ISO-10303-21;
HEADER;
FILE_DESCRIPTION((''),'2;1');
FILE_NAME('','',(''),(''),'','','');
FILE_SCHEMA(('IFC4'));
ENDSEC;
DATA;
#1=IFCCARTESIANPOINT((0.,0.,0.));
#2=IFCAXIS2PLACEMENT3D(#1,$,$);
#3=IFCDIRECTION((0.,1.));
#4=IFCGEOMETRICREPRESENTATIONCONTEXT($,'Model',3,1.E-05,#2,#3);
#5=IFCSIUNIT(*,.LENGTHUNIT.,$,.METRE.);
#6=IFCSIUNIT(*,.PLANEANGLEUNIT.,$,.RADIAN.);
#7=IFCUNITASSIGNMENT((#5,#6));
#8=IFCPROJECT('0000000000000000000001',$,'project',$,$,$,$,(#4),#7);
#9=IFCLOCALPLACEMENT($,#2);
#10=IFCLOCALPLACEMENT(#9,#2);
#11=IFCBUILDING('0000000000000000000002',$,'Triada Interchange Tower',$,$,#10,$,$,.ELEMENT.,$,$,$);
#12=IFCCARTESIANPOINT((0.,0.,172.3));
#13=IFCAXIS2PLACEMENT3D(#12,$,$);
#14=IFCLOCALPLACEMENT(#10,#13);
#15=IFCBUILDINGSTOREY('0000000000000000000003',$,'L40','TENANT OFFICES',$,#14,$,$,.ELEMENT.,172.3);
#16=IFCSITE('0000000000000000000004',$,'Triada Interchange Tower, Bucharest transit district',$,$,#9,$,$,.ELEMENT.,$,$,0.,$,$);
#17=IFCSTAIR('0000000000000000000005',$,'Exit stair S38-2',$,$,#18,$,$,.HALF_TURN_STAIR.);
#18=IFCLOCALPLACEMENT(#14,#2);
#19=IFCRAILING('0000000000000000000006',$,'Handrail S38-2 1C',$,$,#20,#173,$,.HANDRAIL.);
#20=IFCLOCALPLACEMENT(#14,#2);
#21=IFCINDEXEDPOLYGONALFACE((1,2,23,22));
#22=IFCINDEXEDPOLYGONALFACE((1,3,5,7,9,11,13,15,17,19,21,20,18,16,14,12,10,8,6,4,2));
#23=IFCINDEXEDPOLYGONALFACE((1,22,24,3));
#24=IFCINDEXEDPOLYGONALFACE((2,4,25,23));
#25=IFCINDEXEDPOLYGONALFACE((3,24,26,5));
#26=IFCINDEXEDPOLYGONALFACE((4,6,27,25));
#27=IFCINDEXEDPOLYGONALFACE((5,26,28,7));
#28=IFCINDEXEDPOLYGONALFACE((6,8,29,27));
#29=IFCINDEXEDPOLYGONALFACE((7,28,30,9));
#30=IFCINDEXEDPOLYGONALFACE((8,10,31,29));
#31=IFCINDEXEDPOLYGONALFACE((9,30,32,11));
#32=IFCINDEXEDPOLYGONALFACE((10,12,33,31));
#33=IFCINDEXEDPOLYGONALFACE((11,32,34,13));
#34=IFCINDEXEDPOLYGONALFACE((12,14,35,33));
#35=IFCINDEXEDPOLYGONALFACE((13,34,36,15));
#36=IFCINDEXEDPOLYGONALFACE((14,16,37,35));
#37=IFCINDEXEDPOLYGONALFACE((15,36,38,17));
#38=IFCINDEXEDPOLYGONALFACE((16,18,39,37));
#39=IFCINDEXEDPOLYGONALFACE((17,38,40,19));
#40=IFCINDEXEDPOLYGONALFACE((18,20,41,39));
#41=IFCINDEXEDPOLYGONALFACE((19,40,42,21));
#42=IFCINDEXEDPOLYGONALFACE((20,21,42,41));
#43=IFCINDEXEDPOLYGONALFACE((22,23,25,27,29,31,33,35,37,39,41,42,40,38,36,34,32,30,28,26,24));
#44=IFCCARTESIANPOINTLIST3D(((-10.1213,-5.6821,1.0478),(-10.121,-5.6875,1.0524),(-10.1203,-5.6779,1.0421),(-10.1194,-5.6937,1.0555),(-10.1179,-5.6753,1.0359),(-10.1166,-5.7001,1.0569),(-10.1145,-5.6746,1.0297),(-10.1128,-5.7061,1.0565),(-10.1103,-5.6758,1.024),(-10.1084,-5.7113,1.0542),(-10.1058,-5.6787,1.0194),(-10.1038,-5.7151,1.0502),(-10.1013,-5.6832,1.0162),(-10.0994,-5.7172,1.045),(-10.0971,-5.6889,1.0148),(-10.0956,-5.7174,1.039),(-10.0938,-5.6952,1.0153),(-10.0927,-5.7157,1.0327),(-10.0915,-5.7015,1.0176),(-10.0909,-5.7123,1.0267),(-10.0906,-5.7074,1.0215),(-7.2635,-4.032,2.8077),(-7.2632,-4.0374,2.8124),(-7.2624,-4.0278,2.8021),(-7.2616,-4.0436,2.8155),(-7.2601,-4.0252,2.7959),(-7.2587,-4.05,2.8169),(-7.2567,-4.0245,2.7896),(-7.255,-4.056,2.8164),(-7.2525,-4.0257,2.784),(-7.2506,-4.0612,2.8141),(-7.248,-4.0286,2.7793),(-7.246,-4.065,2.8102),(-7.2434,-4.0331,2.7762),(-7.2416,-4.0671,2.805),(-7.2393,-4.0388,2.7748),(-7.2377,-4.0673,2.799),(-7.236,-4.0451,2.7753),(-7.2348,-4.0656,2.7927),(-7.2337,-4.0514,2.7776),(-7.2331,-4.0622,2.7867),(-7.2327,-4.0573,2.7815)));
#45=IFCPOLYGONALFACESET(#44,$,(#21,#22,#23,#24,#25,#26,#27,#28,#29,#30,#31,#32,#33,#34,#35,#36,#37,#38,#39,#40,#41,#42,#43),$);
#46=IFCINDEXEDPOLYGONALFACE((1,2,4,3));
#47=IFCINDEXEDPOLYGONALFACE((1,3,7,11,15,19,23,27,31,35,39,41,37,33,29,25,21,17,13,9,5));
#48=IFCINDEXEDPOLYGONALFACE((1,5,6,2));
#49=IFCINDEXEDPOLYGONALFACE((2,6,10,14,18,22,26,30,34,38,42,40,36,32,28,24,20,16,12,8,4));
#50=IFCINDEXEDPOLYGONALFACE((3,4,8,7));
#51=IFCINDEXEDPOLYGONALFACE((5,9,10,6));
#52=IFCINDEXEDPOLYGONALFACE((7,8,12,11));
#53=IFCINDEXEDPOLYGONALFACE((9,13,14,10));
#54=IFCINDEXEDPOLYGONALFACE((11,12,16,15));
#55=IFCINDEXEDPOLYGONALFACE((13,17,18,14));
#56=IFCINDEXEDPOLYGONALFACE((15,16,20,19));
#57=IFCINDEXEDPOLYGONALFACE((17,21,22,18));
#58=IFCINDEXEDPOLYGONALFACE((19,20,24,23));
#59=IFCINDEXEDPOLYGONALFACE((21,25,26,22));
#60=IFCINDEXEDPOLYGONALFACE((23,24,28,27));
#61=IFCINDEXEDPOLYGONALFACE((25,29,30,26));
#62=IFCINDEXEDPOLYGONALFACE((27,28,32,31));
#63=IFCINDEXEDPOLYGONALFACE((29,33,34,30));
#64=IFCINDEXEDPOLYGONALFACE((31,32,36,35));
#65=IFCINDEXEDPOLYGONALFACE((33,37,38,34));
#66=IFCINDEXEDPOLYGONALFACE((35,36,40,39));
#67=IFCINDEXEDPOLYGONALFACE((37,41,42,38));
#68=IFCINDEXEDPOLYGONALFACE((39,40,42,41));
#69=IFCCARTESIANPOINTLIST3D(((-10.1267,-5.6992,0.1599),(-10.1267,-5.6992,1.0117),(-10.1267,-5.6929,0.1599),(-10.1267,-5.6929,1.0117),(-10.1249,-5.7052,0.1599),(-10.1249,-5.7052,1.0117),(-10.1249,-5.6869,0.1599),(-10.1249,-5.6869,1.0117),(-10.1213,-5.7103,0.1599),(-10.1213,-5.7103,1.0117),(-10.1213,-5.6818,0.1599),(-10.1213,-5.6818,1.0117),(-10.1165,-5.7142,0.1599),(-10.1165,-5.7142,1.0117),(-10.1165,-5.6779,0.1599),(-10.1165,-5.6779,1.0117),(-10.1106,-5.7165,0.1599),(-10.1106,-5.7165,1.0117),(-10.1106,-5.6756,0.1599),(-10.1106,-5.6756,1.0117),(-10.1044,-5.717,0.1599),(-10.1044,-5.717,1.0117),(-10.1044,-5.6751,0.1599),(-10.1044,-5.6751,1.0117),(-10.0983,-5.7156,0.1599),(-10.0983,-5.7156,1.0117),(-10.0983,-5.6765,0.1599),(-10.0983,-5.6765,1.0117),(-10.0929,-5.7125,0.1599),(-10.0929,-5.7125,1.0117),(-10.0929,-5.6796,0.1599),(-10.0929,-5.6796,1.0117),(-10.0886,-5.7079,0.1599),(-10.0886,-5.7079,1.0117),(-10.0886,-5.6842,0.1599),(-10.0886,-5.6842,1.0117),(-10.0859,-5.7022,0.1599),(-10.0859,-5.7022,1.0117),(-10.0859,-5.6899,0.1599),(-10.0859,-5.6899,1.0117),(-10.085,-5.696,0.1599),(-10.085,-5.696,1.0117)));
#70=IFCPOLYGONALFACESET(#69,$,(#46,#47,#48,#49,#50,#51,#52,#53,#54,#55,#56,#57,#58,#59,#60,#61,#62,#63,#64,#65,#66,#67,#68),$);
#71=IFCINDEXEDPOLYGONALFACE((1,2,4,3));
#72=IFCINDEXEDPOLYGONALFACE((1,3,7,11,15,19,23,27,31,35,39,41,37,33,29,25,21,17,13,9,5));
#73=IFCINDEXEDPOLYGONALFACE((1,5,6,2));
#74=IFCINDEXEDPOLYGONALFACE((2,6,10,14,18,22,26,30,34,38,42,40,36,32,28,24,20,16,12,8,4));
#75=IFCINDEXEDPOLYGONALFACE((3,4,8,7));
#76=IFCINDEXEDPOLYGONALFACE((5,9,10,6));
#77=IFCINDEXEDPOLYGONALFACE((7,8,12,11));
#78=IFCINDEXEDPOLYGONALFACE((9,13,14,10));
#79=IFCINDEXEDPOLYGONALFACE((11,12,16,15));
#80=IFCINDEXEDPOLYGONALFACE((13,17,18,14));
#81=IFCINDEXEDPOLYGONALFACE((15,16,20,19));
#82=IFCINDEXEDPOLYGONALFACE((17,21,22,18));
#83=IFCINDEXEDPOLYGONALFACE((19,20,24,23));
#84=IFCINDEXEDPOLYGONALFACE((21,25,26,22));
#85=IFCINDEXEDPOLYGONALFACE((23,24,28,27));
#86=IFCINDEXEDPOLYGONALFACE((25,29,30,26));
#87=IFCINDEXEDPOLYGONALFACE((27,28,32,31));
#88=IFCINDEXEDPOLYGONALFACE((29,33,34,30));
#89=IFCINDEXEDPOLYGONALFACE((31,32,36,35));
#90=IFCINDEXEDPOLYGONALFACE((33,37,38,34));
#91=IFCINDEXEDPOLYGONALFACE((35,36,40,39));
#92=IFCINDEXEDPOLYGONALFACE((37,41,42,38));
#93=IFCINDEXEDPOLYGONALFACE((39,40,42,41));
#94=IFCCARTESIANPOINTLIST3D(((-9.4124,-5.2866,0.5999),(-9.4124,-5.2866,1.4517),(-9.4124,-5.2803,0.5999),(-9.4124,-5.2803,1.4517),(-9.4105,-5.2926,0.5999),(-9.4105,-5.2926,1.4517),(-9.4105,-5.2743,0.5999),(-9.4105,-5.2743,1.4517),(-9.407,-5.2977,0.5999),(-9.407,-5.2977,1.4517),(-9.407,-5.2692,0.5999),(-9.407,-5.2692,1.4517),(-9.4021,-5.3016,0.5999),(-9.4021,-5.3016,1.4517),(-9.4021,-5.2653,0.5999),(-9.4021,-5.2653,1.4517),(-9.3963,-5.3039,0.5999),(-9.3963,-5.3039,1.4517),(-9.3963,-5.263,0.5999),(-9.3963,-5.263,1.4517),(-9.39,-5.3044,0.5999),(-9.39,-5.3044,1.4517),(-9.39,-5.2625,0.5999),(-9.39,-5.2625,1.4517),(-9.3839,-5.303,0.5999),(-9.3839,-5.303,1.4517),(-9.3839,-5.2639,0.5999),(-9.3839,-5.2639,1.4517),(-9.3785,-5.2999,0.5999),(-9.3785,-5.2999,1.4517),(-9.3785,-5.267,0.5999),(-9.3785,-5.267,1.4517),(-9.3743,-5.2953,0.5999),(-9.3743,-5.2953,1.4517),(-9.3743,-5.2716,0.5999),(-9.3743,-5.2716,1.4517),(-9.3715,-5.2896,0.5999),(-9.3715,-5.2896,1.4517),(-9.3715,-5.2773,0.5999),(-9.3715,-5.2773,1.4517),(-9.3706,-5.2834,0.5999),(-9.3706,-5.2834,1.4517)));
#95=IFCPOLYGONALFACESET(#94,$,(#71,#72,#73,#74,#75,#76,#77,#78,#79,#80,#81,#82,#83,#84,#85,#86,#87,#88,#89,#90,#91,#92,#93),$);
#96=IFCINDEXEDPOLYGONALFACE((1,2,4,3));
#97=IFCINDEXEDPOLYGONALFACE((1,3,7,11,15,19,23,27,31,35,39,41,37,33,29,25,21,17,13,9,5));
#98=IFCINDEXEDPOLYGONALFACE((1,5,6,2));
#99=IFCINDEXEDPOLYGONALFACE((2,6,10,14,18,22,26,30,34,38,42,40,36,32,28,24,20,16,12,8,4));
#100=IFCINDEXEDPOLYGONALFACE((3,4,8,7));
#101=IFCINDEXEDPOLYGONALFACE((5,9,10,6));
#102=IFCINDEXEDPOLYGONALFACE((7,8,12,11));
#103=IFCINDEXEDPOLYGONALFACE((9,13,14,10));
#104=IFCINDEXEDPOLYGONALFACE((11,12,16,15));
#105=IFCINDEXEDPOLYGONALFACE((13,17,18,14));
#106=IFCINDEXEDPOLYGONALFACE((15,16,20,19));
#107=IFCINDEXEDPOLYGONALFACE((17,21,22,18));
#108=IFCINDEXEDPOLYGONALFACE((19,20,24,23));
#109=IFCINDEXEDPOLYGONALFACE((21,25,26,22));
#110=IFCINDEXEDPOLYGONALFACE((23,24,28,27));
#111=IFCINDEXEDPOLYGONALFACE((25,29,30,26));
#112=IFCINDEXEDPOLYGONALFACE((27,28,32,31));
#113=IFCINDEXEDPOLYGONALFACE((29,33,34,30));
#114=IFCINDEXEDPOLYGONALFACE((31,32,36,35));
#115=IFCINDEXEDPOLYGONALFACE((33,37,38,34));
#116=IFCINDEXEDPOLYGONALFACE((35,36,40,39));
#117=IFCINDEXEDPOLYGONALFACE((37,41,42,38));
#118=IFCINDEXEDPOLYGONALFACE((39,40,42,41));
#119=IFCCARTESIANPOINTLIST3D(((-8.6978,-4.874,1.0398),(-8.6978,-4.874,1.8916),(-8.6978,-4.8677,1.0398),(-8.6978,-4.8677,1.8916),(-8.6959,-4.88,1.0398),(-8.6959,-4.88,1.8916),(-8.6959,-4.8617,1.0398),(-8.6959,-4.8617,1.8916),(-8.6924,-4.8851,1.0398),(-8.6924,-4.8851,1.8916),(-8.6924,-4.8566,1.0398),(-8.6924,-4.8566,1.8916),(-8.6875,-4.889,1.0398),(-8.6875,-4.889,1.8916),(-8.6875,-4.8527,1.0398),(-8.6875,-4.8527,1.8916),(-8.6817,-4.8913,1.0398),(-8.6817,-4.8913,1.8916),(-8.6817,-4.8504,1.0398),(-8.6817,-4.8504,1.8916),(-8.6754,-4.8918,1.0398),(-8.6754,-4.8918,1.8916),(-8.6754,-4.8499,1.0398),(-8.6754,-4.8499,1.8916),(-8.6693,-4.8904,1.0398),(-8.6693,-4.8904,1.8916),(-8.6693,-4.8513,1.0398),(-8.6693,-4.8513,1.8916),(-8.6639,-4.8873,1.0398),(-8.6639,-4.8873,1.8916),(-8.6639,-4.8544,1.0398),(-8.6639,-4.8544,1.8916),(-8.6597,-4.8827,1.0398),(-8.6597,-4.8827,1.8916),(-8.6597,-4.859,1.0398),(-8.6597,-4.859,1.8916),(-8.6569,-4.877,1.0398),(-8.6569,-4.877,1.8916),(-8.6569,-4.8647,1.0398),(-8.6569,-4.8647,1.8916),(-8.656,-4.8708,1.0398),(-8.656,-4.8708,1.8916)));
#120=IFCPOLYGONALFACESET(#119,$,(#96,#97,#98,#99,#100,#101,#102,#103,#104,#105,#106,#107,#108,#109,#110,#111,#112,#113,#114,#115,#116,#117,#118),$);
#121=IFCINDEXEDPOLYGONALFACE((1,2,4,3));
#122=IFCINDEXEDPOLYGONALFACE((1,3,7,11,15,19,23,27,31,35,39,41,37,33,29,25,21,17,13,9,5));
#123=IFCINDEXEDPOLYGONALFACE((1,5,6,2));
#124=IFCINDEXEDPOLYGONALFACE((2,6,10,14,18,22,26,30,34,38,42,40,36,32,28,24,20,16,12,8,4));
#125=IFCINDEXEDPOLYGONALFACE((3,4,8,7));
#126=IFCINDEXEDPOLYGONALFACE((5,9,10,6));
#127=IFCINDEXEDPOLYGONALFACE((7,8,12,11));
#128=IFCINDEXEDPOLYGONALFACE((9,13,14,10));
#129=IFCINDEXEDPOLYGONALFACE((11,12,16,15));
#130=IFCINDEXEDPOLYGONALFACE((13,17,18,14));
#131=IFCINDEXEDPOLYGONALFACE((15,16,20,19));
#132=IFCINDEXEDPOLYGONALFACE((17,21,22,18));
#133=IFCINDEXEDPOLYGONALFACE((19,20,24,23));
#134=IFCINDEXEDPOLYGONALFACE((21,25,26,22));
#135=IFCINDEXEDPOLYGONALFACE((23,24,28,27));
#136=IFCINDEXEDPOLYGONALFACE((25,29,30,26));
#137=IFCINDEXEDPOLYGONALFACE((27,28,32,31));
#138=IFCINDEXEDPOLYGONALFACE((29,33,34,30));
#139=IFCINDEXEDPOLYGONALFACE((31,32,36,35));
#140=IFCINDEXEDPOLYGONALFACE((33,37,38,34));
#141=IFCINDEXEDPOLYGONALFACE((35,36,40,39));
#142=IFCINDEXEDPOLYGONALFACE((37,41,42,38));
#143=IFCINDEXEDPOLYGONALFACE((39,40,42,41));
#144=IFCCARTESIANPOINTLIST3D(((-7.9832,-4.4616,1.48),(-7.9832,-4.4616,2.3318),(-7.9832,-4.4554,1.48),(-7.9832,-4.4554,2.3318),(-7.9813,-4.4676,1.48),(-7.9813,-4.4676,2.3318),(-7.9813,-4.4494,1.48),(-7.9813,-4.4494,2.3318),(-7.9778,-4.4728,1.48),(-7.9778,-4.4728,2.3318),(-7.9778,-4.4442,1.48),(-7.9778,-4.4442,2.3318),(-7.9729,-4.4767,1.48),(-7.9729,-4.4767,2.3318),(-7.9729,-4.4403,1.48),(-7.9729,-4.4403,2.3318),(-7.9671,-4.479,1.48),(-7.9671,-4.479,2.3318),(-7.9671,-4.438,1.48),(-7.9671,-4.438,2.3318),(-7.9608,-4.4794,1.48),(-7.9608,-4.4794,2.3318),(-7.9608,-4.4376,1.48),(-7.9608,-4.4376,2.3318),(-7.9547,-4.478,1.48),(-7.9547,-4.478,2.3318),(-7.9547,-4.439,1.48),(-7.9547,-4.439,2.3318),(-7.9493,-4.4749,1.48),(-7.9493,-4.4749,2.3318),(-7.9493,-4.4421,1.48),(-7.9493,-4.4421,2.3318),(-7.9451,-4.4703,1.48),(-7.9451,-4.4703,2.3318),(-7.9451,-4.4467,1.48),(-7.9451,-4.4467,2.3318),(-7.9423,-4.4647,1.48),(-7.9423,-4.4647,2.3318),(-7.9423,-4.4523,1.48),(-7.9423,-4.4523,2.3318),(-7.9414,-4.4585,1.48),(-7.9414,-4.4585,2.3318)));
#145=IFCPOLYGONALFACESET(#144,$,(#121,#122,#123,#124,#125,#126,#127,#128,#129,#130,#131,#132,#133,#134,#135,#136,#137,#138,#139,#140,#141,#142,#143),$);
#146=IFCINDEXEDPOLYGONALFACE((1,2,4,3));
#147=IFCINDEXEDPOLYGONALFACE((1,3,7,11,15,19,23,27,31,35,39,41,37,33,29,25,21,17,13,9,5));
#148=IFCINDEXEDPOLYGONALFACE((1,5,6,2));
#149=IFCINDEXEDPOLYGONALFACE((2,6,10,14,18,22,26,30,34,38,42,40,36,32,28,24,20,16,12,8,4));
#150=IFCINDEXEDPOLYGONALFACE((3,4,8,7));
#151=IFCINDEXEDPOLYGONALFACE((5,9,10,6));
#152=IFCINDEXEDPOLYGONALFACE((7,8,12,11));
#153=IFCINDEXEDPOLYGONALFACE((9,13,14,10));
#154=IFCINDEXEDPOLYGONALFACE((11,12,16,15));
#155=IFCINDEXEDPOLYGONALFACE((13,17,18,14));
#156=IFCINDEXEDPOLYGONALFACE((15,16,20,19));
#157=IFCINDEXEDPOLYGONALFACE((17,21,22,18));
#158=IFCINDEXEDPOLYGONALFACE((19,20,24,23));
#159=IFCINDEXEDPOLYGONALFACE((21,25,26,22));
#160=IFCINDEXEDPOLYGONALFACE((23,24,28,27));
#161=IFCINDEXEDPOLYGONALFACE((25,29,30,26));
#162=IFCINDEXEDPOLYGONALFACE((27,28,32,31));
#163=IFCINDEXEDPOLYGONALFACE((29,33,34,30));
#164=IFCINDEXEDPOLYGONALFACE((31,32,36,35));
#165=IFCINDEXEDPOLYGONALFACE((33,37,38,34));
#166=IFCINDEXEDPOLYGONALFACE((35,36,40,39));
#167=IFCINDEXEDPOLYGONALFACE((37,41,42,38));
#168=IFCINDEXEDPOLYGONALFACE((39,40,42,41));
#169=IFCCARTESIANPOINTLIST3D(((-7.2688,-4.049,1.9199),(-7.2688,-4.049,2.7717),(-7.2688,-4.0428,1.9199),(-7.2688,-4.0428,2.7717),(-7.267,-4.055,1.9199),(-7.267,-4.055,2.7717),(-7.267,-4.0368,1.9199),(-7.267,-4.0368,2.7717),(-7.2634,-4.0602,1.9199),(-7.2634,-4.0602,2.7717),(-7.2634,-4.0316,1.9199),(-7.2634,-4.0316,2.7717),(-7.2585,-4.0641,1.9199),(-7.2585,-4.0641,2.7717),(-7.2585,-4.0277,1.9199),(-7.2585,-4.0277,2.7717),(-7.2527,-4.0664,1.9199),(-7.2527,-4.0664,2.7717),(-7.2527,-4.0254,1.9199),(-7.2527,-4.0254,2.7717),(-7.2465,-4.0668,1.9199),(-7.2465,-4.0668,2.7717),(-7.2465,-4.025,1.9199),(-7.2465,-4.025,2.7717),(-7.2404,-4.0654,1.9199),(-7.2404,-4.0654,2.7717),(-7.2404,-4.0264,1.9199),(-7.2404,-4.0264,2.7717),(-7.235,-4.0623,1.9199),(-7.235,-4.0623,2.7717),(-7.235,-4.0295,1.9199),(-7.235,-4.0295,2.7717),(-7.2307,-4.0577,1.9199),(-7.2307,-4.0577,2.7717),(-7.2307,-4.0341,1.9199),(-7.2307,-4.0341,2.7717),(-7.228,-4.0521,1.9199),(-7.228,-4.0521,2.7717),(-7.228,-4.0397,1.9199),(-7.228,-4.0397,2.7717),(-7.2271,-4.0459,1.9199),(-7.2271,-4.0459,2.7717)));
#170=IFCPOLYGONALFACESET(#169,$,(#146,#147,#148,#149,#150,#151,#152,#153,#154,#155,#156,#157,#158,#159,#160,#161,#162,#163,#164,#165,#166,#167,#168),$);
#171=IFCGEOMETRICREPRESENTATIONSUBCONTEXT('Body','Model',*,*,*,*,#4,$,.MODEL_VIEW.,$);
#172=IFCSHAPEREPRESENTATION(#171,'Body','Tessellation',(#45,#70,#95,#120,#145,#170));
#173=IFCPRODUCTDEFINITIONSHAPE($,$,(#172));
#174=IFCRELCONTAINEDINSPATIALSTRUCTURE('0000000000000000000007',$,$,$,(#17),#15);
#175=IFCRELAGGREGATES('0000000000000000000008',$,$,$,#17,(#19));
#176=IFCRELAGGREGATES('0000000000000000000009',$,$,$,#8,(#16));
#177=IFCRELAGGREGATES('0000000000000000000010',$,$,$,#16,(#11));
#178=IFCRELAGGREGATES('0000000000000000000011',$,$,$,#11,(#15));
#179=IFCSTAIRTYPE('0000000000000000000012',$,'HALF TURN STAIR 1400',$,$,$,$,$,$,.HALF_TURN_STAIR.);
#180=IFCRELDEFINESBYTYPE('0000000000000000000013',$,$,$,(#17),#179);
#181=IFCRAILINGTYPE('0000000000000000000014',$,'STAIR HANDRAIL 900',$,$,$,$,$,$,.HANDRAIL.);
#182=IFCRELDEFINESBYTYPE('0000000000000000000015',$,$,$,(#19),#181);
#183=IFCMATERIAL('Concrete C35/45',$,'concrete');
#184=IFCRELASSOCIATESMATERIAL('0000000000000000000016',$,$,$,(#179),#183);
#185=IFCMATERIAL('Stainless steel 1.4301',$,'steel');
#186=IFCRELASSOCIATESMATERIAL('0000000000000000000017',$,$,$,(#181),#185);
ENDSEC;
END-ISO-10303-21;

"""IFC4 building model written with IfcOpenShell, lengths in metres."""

from ifc_helpers import new_model, si_unit, direction, frame, origin, origin_2d, place, context, subcontext, project, spatial, circle, extrude, material, type_object, element, aggregate, save


model = new_model("IFC4")

# Units and contexts
model_context = context("Model", 3, precision=1e-05, world=origin(), true_north=direction((0.0, 1.0)))
body_context = subcontext(model_context, "Body", "Model", "MODEL_VIEW")
ifc_project = project(units=[si_unit("LENGTHUNIT", "METRE"), si_unit("PLANEANGLEUNIT", "RADIAN")], contexts=[model_context])

# Site, building, storey
site_placement = place(None, origin())
site = spatial("IfcSite", under=ifc_project, at=site_placement, Name="Triada Interchange Tower, Bucharest transit district", CompositionType="ELEMENT", RefElevation=0.0)
building_placement = place(site_placement, origin())
building = spatial("IfcBuilding", under=site, at=building_placement, Name="Triada Interchange Tower", CompositionType="ELEMENT")
storey_placement = place(building_placement, frame((0.0, 0.0, 172.3)))
storey = spatial("IfcBuildingStorey", under=building, at=storey_placement, Name="L40", Description="TENANT OFFICES", CompositionType="ELEMENT", Elevation=172.3)

# Stair, railing
ifc_material_1 = material(Name="Concrete C35/45", Category="concrete")
stair_type = type_object("IfcStairType", Name="HALF TURN STAIR 1400", PredefinedType="HALF_TURN_STAIR", material=ifc_material_1)
stair_placement = place(storey_placement, origin())
stair = element("IfcStair", 1, at=stair_placement, inside=storey, type_object=stair_type, Name="Exit stair S38-2", PredefinedType="HALF_TURN_STAIR")
ifc_material_2 = material(Name="Stainless steel 1.4301", Category="steel")
railing_type = type_object("IfcRailingType", Name="STAIR HANDRAIL 900", PredefinedType="HANDRAIL", material=ifc_material_2)
railing_1_placement = place(storey_placement, frame((-10.106, -5.696, 0.1599)))
railing_1 = element("IfcRailing", 2, at=railing_1_placement, type_object=railing_type, Name="Handrail S38-2 1C", PredefinedType="HANDRAIL", context=body_context, shape_type="SweptSolid", body=[
    extrude(circle(Radius=0.0239, at=origin_2d()), frame((0.0, 0.0, 0.876), z_axis=(0.764129, 0.441205, 0.47058), x_axis=(-0.50003, 0.866008, 0.0)), (0.0, 0.0, 1.0), 3.74),
    extrude(circle(Radius=0.021, at=origin_2d()), origin(), (0.0, 0.0, 1.0), 0.8518),
    extrude(circle(Radius=0.021, at=origin_2d()), frame((0.7144, 0.4126, 0.4399)), (0.0, 0.0, 1.0), 0.8518),
    extrude(circle(Radius=0.021, at=origin_2d()), frame((1.429, 0.8252, 0.8799)), (0.0, 0.0, 1.0), 0.8518),
    extrude(circle(Radius=0.021, at=origin_2d()), frame((2.1436, 1.2375, 1.3201)), (0.0, 0.0, 1.0), 0.8518),
    extrude(circle(Radius=0.021, at=origin_2d()), frame((2.8579, 1.6501, 1.76)), (0.0, 0.0, 1.0), 0.8518),
])
aggregate(stair, [railing_1])

save(model, "model.ifc")
